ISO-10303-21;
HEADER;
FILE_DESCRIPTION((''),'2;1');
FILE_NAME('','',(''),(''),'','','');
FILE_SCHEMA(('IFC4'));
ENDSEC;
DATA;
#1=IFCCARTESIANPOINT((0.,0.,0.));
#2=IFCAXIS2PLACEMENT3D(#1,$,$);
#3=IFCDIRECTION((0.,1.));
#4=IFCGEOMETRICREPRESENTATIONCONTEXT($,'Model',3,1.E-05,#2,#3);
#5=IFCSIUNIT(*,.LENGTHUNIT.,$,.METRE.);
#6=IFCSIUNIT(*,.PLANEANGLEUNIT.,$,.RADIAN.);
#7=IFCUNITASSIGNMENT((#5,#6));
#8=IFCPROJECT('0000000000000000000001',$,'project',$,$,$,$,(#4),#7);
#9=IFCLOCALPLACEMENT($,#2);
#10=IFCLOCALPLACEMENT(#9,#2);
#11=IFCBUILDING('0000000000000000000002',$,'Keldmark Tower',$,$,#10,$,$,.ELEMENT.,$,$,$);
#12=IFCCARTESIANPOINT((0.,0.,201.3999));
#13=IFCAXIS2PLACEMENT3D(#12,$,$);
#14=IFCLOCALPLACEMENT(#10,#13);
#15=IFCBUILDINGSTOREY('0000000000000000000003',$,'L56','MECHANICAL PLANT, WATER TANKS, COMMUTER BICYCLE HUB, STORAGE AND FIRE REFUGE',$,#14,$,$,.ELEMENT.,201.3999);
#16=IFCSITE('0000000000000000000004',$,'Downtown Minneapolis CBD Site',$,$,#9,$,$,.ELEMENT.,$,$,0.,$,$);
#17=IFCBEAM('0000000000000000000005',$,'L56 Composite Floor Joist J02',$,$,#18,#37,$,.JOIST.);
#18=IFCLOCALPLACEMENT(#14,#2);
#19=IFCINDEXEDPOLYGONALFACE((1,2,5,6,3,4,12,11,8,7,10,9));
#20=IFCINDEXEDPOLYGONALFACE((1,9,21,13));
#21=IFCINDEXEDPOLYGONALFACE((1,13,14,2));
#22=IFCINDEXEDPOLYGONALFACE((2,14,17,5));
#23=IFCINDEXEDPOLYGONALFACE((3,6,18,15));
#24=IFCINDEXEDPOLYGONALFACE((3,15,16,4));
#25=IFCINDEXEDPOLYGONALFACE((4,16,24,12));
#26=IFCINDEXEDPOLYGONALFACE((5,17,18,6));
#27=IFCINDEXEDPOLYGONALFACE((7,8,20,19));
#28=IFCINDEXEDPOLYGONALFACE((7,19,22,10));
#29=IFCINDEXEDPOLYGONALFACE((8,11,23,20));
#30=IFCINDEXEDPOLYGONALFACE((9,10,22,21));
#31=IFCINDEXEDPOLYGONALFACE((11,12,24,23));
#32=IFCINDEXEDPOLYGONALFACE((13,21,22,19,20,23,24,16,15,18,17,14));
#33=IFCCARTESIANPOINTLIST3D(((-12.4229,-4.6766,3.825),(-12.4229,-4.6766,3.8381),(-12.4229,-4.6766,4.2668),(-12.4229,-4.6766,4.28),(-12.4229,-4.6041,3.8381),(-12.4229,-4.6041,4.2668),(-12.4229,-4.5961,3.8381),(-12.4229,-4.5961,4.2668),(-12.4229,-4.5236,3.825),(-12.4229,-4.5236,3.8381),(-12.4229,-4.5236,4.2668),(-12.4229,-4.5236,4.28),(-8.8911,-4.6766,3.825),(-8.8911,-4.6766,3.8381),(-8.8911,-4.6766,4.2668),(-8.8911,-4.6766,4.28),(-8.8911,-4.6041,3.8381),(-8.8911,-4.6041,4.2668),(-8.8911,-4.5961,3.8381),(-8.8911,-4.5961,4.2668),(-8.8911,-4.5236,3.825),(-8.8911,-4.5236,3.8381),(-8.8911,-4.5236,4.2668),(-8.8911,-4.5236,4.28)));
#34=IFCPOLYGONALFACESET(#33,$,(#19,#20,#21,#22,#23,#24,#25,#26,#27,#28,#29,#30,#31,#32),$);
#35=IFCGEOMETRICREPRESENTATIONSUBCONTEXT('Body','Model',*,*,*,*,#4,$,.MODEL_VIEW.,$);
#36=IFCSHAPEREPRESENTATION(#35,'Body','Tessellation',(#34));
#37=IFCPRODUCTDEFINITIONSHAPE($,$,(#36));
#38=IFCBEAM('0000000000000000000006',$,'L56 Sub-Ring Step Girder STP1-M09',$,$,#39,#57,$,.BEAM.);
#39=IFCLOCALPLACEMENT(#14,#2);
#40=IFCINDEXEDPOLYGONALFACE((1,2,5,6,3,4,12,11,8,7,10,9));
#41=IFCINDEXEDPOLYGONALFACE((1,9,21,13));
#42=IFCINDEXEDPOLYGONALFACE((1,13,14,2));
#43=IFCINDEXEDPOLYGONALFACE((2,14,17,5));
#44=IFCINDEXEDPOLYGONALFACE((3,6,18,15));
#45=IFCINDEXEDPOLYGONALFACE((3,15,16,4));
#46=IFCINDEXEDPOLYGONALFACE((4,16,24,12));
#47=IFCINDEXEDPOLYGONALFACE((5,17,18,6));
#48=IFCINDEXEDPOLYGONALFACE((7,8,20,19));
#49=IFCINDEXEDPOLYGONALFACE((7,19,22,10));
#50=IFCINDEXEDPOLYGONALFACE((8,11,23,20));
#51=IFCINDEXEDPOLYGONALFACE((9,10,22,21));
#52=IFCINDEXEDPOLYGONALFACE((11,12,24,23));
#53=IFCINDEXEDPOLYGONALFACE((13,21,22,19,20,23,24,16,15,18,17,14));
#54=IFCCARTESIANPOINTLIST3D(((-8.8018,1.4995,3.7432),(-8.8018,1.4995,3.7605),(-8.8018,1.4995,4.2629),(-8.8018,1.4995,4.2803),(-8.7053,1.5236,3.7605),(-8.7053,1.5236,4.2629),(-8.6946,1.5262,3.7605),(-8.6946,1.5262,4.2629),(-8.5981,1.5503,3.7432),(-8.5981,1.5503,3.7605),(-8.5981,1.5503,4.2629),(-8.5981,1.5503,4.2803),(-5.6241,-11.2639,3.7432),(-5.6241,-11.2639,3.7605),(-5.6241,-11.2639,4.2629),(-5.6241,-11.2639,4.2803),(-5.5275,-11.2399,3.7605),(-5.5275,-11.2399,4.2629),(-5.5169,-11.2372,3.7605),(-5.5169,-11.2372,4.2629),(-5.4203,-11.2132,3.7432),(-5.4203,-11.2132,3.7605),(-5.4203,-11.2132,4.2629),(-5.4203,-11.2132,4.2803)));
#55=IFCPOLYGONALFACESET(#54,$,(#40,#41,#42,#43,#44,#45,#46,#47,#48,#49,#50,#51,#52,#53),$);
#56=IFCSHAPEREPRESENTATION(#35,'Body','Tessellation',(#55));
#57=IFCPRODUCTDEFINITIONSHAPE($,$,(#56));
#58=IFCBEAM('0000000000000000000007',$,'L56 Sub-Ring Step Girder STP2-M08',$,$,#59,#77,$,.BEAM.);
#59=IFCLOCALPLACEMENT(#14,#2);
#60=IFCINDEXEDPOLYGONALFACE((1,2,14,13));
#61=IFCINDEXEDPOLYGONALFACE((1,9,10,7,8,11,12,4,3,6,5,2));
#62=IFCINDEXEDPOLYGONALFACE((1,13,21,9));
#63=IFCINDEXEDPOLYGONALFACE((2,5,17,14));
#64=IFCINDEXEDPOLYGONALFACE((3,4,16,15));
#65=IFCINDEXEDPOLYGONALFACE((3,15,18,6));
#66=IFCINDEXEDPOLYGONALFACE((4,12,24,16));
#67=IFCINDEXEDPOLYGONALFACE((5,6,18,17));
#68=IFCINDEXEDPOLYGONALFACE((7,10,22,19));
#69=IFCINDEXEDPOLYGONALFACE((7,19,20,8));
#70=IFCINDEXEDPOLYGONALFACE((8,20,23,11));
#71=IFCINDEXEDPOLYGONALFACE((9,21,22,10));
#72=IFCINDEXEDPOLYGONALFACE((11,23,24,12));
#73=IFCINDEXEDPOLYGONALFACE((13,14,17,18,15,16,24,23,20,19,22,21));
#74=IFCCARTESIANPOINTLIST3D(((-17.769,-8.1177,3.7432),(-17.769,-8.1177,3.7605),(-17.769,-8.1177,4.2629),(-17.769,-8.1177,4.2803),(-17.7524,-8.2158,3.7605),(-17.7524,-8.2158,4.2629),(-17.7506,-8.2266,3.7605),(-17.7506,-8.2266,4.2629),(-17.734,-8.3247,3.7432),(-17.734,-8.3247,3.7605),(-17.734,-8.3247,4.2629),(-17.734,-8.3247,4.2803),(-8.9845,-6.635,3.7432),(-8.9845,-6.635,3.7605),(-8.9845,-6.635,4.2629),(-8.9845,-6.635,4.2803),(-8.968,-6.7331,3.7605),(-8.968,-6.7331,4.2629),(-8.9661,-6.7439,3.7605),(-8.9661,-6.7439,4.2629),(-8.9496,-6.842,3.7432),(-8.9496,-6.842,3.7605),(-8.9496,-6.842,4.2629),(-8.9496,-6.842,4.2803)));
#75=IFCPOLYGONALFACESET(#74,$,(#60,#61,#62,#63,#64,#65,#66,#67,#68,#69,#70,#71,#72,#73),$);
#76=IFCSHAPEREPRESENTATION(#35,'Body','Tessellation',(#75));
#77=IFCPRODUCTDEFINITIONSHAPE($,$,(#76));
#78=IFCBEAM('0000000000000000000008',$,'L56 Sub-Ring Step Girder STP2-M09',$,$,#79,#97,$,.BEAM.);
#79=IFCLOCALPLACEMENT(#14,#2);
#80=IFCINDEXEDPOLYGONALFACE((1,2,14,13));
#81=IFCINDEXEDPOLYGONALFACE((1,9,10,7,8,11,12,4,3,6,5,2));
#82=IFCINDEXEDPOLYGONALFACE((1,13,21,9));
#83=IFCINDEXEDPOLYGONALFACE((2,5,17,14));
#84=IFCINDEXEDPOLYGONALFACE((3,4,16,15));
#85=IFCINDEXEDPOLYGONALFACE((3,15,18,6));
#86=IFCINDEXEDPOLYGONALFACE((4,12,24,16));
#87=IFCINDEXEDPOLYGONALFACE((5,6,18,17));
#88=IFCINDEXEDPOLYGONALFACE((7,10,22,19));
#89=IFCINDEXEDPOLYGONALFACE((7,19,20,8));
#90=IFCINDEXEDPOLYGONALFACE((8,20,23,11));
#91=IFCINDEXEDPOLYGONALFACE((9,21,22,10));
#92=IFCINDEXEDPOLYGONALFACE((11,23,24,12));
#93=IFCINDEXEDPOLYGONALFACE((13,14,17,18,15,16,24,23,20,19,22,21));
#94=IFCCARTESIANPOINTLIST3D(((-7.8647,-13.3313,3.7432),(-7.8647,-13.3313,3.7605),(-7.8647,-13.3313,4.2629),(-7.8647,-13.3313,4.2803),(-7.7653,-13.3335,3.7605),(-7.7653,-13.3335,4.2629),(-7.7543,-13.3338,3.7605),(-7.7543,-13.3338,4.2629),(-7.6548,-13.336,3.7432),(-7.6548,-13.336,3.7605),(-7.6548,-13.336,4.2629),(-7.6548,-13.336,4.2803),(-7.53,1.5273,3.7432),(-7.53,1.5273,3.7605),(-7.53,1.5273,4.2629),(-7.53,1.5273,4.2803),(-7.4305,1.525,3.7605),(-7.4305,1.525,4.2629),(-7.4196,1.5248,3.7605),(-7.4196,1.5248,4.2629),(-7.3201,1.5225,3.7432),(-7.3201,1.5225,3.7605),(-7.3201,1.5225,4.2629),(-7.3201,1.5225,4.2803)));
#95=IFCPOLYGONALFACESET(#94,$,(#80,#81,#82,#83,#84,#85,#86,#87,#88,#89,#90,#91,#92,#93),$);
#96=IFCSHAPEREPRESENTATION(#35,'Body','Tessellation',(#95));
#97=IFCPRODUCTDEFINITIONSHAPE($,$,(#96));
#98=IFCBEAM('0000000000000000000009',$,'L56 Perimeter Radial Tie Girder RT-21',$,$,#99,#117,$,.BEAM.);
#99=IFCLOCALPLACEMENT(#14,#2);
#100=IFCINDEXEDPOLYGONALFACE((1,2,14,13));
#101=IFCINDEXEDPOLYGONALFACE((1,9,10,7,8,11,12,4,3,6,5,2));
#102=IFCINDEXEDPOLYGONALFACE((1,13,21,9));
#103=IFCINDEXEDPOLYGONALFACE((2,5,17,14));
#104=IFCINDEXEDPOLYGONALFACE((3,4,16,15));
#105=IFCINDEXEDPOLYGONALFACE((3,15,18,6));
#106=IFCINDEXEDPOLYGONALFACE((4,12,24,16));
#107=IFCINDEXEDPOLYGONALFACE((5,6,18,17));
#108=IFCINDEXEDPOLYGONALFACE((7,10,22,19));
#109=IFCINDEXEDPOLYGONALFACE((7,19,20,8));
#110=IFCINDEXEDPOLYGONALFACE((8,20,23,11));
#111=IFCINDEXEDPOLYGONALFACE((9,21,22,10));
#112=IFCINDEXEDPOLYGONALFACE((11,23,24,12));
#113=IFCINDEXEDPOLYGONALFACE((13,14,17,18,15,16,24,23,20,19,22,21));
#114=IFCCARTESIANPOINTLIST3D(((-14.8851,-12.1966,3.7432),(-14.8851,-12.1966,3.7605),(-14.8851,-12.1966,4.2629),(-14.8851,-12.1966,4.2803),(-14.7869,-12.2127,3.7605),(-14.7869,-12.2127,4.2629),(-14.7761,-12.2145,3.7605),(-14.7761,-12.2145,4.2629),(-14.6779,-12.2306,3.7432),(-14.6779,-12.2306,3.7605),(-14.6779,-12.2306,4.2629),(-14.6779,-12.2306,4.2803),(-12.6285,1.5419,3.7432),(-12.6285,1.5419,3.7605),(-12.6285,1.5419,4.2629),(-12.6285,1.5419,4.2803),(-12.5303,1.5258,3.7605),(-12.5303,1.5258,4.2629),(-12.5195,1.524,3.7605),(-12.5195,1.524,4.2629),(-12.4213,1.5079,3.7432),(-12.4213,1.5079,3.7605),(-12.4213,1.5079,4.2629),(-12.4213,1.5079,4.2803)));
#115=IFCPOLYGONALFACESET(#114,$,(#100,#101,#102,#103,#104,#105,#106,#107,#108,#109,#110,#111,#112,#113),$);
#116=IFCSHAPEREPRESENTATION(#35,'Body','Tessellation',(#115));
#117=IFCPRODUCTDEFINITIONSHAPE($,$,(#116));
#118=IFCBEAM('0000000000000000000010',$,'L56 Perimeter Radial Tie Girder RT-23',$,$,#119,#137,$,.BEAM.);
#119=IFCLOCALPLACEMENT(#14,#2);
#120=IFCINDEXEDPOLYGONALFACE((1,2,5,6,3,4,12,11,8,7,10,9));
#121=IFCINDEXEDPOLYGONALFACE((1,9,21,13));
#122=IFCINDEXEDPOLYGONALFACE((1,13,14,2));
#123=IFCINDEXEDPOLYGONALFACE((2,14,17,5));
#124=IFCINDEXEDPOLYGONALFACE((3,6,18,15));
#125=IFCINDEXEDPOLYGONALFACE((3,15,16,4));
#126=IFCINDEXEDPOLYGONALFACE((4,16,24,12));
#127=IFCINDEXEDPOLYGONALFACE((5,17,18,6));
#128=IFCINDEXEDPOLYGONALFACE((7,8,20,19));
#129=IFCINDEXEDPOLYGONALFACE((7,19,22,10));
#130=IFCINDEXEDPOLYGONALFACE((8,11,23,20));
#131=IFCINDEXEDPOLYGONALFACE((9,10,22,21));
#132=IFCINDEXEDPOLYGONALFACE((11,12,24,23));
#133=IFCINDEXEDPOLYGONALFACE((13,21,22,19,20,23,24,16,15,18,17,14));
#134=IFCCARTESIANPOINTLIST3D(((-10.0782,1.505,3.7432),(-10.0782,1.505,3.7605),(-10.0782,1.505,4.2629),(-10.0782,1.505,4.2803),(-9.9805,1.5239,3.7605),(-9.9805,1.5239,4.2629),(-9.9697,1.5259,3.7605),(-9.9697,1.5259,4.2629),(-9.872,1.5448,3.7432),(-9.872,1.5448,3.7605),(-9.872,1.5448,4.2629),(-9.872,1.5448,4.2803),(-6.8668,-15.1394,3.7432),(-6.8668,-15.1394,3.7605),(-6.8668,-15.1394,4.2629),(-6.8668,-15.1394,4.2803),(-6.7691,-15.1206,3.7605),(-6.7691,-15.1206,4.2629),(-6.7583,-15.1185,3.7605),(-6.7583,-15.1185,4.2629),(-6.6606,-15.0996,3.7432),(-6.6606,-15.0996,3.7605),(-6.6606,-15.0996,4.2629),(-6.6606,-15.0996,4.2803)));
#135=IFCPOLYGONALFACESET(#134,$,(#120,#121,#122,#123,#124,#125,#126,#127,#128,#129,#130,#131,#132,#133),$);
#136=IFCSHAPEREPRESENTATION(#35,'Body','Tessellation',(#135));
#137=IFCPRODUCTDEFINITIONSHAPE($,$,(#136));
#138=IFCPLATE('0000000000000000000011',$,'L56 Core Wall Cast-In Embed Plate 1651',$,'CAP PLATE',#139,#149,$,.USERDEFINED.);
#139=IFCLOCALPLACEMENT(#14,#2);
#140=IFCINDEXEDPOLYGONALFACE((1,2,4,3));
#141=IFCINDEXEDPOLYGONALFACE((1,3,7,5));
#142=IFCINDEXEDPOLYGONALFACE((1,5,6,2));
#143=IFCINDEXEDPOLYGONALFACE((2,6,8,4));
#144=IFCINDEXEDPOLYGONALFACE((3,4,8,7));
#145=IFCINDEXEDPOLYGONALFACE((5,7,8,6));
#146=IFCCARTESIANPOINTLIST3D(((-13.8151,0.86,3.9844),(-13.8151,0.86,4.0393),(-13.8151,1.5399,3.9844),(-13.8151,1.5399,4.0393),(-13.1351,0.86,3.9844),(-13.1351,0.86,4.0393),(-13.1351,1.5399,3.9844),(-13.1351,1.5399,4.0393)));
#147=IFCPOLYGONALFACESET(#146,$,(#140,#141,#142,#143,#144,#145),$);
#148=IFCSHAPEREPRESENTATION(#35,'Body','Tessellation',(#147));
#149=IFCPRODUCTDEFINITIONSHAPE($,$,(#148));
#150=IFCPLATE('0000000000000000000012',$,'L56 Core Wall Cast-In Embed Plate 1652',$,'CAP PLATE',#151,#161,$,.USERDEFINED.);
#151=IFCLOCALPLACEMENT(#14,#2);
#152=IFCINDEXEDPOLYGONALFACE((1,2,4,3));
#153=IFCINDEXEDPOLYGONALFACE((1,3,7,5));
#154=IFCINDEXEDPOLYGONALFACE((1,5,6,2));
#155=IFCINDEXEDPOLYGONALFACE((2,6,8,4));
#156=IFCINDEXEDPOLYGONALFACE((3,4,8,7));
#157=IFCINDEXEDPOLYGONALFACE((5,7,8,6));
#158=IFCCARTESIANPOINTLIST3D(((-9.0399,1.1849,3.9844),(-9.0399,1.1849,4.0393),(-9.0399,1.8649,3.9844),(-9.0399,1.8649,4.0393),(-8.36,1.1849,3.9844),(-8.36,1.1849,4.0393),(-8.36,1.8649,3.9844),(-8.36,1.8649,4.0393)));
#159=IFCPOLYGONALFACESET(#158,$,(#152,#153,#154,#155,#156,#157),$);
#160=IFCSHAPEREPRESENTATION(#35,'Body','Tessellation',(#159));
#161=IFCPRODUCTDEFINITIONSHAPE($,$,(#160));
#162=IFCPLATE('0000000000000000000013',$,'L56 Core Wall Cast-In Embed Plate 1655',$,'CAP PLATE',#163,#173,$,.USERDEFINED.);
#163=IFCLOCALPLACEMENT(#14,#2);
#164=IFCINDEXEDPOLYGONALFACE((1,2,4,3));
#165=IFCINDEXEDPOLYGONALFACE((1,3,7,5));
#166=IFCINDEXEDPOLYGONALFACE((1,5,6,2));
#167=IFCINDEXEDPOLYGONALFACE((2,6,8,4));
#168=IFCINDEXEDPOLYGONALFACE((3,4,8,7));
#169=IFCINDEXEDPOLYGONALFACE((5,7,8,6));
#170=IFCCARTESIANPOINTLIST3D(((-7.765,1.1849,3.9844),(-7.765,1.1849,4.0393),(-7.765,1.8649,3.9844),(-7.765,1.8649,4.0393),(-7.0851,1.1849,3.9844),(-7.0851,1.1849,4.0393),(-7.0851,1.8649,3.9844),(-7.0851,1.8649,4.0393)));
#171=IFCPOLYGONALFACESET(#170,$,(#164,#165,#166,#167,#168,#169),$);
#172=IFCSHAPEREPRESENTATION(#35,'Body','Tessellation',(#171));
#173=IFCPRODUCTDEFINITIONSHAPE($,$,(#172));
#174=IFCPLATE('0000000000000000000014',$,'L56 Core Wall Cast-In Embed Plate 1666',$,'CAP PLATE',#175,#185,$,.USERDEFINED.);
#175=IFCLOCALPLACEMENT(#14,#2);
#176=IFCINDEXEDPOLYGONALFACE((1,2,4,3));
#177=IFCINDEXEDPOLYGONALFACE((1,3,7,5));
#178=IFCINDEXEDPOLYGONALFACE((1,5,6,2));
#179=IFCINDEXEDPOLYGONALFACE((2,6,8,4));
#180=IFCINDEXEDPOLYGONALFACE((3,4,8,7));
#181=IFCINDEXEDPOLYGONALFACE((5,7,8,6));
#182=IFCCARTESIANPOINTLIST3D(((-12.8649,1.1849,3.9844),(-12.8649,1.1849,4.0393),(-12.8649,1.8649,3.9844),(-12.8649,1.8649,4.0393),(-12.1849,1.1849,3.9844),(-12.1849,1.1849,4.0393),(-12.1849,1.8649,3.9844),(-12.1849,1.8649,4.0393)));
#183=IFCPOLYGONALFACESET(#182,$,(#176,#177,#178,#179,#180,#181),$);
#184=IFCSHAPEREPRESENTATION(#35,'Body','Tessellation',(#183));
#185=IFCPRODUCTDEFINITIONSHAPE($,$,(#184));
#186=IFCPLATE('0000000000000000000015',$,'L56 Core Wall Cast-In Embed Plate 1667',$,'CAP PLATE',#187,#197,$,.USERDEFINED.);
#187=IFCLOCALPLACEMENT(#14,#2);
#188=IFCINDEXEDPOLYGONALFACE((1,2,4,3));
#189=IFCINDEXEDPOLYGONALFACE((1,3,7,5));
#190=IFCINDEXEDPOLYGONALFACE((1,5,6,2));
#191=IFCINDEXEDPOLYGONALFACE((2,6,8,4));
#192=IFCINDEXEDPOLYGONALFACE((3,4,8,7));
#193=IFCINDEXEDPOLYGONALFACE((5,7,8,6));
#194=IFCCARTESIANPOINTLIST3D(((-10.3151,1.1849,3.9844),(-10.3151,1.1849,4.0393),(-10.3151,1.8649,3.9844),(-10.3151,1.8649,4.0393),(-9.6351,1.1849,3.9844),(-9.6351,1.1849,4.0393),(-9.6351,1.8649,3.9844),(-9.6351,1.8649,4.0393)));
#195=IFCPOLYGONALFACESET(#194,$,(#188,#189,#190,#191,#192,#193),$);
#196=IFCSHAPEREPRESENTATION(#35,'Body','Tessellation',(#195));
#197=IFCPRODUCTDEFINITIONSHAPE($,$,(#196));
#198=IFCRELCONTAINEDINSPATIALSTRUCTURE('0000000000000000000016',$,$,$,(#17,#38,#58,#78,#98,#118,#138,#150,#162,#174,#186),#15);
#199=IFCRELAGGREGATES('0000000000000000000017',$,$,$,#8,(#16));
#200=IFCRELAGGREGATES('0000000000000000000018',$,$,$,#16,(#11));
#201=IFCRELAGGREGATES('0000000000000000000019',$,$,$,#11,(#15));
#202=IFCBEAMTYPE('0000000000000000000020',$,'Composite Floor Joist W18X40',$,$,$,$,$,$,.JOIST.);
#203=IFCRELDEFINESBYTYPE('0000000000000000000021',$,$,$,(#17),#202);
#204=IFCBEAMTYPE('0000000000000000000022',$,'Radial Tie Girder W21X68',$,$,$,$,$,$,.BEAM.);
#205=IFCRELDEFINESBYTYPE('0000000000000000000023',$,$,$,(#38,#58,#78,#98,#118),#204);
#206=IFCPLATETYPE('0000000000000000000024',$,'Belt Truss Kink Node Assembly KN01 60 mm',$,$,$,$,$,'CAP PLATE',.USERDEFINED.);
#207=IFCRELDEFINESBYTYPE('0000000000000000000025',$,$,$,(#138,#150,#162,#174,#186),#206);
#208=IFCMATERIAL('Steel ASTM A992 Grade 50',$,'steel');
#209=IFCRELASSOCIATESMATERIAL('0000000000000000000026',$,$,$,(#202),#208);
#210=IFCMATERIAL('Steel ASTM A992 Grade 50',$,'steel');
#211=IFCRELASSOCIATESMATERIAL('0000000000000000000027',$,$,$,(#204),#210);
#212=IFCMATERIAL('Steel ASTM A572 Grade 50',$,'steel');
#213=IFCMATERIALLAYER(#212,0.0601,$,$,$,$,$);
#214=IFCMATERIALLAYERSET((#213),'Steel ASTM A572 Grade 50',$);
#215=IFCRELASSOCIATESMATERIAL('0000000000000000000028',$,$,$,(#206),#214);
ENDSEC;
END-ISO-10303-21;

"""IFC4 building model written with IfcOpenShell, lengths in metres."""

from ifc_helpers import new_model, si_unit, direction, frame, origin, origin_2d, place, context, subcontext, project, spatial, rectangle, i_section, extrude, material, layer, layer_set, material_profile, profile_set, type_object, element, save


model = new_model("IFC4")

# Units and contexts
model_context = context("Model", 3, precision=1e-05, world=origin(), true_north=direction((0.0, 1.0)))
body_context = subcontext(model_context, "Body", "Model", "MODEL_VIEW")
ifc_project = project(units=[si_unit("LENGTHUNIT", "METRE"), si_unit("PLANEANGLEUNIT", "RADIAN")], contexts=[model_context])

# Site, building, storey
site_placement = place(None, origin())
site = spatial("IfcSite", under=ifc_project, at=site_placement, Name="Downtown Minneapolis CBD Site", CompositionType="ELEMENT", RefElevation=0.0)
building_placement = place(site_placement, origin())
building = spatial("IfcBuilding", under=site, at=building_placement, Name="Keldmark Tower", CompositionType="ELEMENT")
storey_placement = place(building_placement, frame((0.0, 0.0, 201.3999)))
storey = spatial("IfcBuildingStorey", under=building, at=storey_placement, Name="L56", Description="MECHANICAL PLANT, WATER TANKS, COMMUTER BICYCLE HUB, STORAGE AND FIRE REFUGE", CompositionType="ELEMENT", Elevation=201.3999)

# Beams
ifc_material_1 = material(Name="Steel ASTM A992 Grade 50", Category="steel")
ifc_material_profile_1 = material_profile(ifc_material_1, i_section(OverallWidth=0.1531, OverallDepth=0.4551, WebThickness=0.0081, FlangeThickness=0.0132, at=origin_2d()), Name="W18X40")
ifc_profile_set_1 = profile_set([ifc_material_profile_1], Name="Steel ASTM A992 Grade 50")
beam_type_1 = type_object("IfcBeamType", Name="Composite Floor Joist W18X40", PredefinedType="JOIST", material=ifc_profile_set_1)
beam_1_placement = place(storey_placement, frame((-12.4229, -4.6001, 4.0525), z_axis=(1.0, 0.0, 0.0), x_axis=(0.0, 1.0, 0.0)))
element("IfcBeam", 1, at=beam_1_placement, inside=storey, type_object=beam_type_1, Name="L56 Composite Floor Joist J02", PredefinedType="JOIST", context=body_context, shape_type="SweptSolid", body=[
    extrude(i_section(OverallWidth=0.1531, OverallDepth=0.4551, WebThickness=0.0081, FlangeThickness=0.0132, at=origin_2d()), origin(), (0.0, 0.0, 1.0), 3.5317),
])
ifc_material_2 = material(Name="Steel ASTM A992 Grade 50", Category="steel")
ifc_material_profile_2 = material_profile(ifc_material_2, i_section(OverallWidth=0.21, OverallDepth=0.5371, WebThickness=0.011, FlangeThickness=0.0173, at=origin_2d()), Name="W21X68")
ifc_profile_set_2 = profile_set([ifc_material_profile_2], Name="Steel ASTM A992 Grade 50")
beam_type_2 = type_object("IfcBeamType", Name="Radial Tie Girder W21X68", PredefinedType="BEAM", material=ifc_profile_set_2)
beam_2_placement = place(storey_placement, frame((-8.7, 1.5249, 4.0117), z_axis=(0.241597, -0.970377, 0.0), x_axis=(0.970377, 0.241597, 0.0)))
element("IfcBeam", 2, at=beam_2_placement, inside=storey, type_object=beam_type_2, Name="L56 Sub-Ring Step Girder STP1-M09", PredefinedType="BEAM", context=body_context, shape_type="SweptSolid", body=[
    extrude(i_section(OverallWidth=0.21, OverallDepth=0.5371, WebThickness=0.011, FlangeThickness=0.0173, at=origin_2d()), origin(), (0.0, 0.0, 1.0), 13.1531),
])
beam_3_placement = place(storey_placement, frame((-8.967, -6.7385, 4.0117), z_axis=(-0.986053, -0.16643, 0.0), x_axis=(0.16643, -0.986053, 0.0)))
element("IfcBeam", 3, at=beam_3_placement, inside=storey, type_object=beam_type_2, Name="L56 Sub-Ring Step Girder STP2-M08", PredefinedType="BEAM", context=body_context, shape_type="SweptSolid", body=[
    extrude(i_section(OverallWidth=0.21, OverallDepth=0.5371, WebThickness=0.011, FlangeThickness=0.0173, at=origin_2d()), origin(), (0.0, 0.0, 1.0), 8.9087),
])
beam_4_placement = place(storey_placement, frame((-7.425, 1.5249, 4.0117), z_axis=(-0.022521, -0.999746, 0.0), x_axis=(0.999746, -0.022521, 0.0)))
element("IfcBeam", 4, at=beam_4_placement, inside=storey, type_object=beam_type_2, Name="L56 Sub-Ring Step Girder STP2-M09", PredefinedType="BEAM", context=body_context, shape_type="SweptSolid", body=[
    extrude(i_section(OverallWidth=0.21, OverallDepth=0.5371, WebThickness=0.011, FlangeThickness=0.0173, at=origin_2d()), origin(), (0.0, 0.0, 1.0), 14.8623),
])
beam_5_placement = place(storey_placement, frame((-12.5249, 1.5249, 4.0117), z_axis=(-0.162081, -0.986777, 0.0), x_axis=(0.986777, -0.162081, 0.0)))
element("IfcBeam", 5, at=beam_5_placement, inside=storey, type_object=beam_type_2, Name="L56 Perimeter Radial Tie Girder RT-21", PredefinedType="BEAM", context=body_context, shape_type="SweptSolid", body=[
    extrude(i_section(OverallWidth=0.21, OverallDepth=0.5371, WebThickness=0.011, FlangeThickness=0.0173, at=origin_2d()), origin(), (0.0, 0.0, 1.0), 13.9226),
])
beam_6_placement = place(storey_placement, frame((-9.9751, 1.5249, 4.0117), z_axis=(0.189448, -0.981891, 0.0), x_axis=(0.981891, 0.189448, 0.0)))
element("IfcBeam", 6, at=beam_6_placement, inside=storey, type_object=beam_type_2, Name="L56 Perimeter Radial Tie Girder RT-23", PredefinedType="BEAM", context=body_context, shape_type="SweptSolid", body=[
    extrude(i_section(OverallWidth=0.21, OverallDepth=0.5371, WebThickness=0.011, FlangeThickness=0.0173, at=origin_2d()), origin(), (0.0, 0.0, 1.0), 16.9514),
])

# Plates
ifc_material_3 = material(Name="Steel ASTM A572 Grade 50", Category="steel")
ifc_layer_1 = layer(ifc_material_3, 0.0601)
ifc_layer_set_1 = layer_set([ifc_layer_1], Name="Steel ASTM A572 Grade 50")
plate_type = type_object("IfcPlateType", Name="Belt Truss Kink Node Assembly KN01 60 mm", ElementType="CAP PLATE", PredefinedType="USERDEFINED", material=ifc_layer_set_1)
for number, where, z_axis, x_axis, name in (
    (7, (-13.4751, 1.2, 3.9844), (0.0, 0.0, 1.0), (1.0, 0.0, 0.0), "L56 Core Wall Cast-In Embed Plate 1651"),
    (8, (-8.7, 1.5249, 3.9844), (0.0, 0.0, 1.0), (1.0, 0.0, 0.0), "L56 Core Wall Cast-In Embed Plate 1652"),
    (9, (-7.425, 1.5249, 3.9844), (0.0, 0.0, 1.0), (1.0, 0.0, 0.0), "L56 Core Wall Cast-In Embed Plate 1655"),
    (10, (-12.5249, 1.5249, 3.9844), (0.0, 0.0, 1.0), (1.0, 0.0, 0.0), "L56 Core Wall Cast-In Embed Plate 1666"),
    (11, (-9.9751, 1.5249, 3.9844), (0.0, 0.0, 1.0), (1.0, 0.0, 0.0), "L56 Core Wall Cast-In Embed Plate 1667"),
):
    element("IfcPlate", number, at=place(storey_placement, frame(where, z_axis=z_axis, x_axis=x_axis)), inside=storey, type_object=plate_type, Name=name, ObjectType="CAP PLATE", PredefinedType="USERDEFINED", context=body_context, shape_type="SweptSolid", body=[
        extrude(rectangle(XDim=0.6799, YDim=0.6799, at=origin_2d()), origin(), (0.0, 0.0, 1.0), 0.0549),
    ])

save(model, "model.ifc")
